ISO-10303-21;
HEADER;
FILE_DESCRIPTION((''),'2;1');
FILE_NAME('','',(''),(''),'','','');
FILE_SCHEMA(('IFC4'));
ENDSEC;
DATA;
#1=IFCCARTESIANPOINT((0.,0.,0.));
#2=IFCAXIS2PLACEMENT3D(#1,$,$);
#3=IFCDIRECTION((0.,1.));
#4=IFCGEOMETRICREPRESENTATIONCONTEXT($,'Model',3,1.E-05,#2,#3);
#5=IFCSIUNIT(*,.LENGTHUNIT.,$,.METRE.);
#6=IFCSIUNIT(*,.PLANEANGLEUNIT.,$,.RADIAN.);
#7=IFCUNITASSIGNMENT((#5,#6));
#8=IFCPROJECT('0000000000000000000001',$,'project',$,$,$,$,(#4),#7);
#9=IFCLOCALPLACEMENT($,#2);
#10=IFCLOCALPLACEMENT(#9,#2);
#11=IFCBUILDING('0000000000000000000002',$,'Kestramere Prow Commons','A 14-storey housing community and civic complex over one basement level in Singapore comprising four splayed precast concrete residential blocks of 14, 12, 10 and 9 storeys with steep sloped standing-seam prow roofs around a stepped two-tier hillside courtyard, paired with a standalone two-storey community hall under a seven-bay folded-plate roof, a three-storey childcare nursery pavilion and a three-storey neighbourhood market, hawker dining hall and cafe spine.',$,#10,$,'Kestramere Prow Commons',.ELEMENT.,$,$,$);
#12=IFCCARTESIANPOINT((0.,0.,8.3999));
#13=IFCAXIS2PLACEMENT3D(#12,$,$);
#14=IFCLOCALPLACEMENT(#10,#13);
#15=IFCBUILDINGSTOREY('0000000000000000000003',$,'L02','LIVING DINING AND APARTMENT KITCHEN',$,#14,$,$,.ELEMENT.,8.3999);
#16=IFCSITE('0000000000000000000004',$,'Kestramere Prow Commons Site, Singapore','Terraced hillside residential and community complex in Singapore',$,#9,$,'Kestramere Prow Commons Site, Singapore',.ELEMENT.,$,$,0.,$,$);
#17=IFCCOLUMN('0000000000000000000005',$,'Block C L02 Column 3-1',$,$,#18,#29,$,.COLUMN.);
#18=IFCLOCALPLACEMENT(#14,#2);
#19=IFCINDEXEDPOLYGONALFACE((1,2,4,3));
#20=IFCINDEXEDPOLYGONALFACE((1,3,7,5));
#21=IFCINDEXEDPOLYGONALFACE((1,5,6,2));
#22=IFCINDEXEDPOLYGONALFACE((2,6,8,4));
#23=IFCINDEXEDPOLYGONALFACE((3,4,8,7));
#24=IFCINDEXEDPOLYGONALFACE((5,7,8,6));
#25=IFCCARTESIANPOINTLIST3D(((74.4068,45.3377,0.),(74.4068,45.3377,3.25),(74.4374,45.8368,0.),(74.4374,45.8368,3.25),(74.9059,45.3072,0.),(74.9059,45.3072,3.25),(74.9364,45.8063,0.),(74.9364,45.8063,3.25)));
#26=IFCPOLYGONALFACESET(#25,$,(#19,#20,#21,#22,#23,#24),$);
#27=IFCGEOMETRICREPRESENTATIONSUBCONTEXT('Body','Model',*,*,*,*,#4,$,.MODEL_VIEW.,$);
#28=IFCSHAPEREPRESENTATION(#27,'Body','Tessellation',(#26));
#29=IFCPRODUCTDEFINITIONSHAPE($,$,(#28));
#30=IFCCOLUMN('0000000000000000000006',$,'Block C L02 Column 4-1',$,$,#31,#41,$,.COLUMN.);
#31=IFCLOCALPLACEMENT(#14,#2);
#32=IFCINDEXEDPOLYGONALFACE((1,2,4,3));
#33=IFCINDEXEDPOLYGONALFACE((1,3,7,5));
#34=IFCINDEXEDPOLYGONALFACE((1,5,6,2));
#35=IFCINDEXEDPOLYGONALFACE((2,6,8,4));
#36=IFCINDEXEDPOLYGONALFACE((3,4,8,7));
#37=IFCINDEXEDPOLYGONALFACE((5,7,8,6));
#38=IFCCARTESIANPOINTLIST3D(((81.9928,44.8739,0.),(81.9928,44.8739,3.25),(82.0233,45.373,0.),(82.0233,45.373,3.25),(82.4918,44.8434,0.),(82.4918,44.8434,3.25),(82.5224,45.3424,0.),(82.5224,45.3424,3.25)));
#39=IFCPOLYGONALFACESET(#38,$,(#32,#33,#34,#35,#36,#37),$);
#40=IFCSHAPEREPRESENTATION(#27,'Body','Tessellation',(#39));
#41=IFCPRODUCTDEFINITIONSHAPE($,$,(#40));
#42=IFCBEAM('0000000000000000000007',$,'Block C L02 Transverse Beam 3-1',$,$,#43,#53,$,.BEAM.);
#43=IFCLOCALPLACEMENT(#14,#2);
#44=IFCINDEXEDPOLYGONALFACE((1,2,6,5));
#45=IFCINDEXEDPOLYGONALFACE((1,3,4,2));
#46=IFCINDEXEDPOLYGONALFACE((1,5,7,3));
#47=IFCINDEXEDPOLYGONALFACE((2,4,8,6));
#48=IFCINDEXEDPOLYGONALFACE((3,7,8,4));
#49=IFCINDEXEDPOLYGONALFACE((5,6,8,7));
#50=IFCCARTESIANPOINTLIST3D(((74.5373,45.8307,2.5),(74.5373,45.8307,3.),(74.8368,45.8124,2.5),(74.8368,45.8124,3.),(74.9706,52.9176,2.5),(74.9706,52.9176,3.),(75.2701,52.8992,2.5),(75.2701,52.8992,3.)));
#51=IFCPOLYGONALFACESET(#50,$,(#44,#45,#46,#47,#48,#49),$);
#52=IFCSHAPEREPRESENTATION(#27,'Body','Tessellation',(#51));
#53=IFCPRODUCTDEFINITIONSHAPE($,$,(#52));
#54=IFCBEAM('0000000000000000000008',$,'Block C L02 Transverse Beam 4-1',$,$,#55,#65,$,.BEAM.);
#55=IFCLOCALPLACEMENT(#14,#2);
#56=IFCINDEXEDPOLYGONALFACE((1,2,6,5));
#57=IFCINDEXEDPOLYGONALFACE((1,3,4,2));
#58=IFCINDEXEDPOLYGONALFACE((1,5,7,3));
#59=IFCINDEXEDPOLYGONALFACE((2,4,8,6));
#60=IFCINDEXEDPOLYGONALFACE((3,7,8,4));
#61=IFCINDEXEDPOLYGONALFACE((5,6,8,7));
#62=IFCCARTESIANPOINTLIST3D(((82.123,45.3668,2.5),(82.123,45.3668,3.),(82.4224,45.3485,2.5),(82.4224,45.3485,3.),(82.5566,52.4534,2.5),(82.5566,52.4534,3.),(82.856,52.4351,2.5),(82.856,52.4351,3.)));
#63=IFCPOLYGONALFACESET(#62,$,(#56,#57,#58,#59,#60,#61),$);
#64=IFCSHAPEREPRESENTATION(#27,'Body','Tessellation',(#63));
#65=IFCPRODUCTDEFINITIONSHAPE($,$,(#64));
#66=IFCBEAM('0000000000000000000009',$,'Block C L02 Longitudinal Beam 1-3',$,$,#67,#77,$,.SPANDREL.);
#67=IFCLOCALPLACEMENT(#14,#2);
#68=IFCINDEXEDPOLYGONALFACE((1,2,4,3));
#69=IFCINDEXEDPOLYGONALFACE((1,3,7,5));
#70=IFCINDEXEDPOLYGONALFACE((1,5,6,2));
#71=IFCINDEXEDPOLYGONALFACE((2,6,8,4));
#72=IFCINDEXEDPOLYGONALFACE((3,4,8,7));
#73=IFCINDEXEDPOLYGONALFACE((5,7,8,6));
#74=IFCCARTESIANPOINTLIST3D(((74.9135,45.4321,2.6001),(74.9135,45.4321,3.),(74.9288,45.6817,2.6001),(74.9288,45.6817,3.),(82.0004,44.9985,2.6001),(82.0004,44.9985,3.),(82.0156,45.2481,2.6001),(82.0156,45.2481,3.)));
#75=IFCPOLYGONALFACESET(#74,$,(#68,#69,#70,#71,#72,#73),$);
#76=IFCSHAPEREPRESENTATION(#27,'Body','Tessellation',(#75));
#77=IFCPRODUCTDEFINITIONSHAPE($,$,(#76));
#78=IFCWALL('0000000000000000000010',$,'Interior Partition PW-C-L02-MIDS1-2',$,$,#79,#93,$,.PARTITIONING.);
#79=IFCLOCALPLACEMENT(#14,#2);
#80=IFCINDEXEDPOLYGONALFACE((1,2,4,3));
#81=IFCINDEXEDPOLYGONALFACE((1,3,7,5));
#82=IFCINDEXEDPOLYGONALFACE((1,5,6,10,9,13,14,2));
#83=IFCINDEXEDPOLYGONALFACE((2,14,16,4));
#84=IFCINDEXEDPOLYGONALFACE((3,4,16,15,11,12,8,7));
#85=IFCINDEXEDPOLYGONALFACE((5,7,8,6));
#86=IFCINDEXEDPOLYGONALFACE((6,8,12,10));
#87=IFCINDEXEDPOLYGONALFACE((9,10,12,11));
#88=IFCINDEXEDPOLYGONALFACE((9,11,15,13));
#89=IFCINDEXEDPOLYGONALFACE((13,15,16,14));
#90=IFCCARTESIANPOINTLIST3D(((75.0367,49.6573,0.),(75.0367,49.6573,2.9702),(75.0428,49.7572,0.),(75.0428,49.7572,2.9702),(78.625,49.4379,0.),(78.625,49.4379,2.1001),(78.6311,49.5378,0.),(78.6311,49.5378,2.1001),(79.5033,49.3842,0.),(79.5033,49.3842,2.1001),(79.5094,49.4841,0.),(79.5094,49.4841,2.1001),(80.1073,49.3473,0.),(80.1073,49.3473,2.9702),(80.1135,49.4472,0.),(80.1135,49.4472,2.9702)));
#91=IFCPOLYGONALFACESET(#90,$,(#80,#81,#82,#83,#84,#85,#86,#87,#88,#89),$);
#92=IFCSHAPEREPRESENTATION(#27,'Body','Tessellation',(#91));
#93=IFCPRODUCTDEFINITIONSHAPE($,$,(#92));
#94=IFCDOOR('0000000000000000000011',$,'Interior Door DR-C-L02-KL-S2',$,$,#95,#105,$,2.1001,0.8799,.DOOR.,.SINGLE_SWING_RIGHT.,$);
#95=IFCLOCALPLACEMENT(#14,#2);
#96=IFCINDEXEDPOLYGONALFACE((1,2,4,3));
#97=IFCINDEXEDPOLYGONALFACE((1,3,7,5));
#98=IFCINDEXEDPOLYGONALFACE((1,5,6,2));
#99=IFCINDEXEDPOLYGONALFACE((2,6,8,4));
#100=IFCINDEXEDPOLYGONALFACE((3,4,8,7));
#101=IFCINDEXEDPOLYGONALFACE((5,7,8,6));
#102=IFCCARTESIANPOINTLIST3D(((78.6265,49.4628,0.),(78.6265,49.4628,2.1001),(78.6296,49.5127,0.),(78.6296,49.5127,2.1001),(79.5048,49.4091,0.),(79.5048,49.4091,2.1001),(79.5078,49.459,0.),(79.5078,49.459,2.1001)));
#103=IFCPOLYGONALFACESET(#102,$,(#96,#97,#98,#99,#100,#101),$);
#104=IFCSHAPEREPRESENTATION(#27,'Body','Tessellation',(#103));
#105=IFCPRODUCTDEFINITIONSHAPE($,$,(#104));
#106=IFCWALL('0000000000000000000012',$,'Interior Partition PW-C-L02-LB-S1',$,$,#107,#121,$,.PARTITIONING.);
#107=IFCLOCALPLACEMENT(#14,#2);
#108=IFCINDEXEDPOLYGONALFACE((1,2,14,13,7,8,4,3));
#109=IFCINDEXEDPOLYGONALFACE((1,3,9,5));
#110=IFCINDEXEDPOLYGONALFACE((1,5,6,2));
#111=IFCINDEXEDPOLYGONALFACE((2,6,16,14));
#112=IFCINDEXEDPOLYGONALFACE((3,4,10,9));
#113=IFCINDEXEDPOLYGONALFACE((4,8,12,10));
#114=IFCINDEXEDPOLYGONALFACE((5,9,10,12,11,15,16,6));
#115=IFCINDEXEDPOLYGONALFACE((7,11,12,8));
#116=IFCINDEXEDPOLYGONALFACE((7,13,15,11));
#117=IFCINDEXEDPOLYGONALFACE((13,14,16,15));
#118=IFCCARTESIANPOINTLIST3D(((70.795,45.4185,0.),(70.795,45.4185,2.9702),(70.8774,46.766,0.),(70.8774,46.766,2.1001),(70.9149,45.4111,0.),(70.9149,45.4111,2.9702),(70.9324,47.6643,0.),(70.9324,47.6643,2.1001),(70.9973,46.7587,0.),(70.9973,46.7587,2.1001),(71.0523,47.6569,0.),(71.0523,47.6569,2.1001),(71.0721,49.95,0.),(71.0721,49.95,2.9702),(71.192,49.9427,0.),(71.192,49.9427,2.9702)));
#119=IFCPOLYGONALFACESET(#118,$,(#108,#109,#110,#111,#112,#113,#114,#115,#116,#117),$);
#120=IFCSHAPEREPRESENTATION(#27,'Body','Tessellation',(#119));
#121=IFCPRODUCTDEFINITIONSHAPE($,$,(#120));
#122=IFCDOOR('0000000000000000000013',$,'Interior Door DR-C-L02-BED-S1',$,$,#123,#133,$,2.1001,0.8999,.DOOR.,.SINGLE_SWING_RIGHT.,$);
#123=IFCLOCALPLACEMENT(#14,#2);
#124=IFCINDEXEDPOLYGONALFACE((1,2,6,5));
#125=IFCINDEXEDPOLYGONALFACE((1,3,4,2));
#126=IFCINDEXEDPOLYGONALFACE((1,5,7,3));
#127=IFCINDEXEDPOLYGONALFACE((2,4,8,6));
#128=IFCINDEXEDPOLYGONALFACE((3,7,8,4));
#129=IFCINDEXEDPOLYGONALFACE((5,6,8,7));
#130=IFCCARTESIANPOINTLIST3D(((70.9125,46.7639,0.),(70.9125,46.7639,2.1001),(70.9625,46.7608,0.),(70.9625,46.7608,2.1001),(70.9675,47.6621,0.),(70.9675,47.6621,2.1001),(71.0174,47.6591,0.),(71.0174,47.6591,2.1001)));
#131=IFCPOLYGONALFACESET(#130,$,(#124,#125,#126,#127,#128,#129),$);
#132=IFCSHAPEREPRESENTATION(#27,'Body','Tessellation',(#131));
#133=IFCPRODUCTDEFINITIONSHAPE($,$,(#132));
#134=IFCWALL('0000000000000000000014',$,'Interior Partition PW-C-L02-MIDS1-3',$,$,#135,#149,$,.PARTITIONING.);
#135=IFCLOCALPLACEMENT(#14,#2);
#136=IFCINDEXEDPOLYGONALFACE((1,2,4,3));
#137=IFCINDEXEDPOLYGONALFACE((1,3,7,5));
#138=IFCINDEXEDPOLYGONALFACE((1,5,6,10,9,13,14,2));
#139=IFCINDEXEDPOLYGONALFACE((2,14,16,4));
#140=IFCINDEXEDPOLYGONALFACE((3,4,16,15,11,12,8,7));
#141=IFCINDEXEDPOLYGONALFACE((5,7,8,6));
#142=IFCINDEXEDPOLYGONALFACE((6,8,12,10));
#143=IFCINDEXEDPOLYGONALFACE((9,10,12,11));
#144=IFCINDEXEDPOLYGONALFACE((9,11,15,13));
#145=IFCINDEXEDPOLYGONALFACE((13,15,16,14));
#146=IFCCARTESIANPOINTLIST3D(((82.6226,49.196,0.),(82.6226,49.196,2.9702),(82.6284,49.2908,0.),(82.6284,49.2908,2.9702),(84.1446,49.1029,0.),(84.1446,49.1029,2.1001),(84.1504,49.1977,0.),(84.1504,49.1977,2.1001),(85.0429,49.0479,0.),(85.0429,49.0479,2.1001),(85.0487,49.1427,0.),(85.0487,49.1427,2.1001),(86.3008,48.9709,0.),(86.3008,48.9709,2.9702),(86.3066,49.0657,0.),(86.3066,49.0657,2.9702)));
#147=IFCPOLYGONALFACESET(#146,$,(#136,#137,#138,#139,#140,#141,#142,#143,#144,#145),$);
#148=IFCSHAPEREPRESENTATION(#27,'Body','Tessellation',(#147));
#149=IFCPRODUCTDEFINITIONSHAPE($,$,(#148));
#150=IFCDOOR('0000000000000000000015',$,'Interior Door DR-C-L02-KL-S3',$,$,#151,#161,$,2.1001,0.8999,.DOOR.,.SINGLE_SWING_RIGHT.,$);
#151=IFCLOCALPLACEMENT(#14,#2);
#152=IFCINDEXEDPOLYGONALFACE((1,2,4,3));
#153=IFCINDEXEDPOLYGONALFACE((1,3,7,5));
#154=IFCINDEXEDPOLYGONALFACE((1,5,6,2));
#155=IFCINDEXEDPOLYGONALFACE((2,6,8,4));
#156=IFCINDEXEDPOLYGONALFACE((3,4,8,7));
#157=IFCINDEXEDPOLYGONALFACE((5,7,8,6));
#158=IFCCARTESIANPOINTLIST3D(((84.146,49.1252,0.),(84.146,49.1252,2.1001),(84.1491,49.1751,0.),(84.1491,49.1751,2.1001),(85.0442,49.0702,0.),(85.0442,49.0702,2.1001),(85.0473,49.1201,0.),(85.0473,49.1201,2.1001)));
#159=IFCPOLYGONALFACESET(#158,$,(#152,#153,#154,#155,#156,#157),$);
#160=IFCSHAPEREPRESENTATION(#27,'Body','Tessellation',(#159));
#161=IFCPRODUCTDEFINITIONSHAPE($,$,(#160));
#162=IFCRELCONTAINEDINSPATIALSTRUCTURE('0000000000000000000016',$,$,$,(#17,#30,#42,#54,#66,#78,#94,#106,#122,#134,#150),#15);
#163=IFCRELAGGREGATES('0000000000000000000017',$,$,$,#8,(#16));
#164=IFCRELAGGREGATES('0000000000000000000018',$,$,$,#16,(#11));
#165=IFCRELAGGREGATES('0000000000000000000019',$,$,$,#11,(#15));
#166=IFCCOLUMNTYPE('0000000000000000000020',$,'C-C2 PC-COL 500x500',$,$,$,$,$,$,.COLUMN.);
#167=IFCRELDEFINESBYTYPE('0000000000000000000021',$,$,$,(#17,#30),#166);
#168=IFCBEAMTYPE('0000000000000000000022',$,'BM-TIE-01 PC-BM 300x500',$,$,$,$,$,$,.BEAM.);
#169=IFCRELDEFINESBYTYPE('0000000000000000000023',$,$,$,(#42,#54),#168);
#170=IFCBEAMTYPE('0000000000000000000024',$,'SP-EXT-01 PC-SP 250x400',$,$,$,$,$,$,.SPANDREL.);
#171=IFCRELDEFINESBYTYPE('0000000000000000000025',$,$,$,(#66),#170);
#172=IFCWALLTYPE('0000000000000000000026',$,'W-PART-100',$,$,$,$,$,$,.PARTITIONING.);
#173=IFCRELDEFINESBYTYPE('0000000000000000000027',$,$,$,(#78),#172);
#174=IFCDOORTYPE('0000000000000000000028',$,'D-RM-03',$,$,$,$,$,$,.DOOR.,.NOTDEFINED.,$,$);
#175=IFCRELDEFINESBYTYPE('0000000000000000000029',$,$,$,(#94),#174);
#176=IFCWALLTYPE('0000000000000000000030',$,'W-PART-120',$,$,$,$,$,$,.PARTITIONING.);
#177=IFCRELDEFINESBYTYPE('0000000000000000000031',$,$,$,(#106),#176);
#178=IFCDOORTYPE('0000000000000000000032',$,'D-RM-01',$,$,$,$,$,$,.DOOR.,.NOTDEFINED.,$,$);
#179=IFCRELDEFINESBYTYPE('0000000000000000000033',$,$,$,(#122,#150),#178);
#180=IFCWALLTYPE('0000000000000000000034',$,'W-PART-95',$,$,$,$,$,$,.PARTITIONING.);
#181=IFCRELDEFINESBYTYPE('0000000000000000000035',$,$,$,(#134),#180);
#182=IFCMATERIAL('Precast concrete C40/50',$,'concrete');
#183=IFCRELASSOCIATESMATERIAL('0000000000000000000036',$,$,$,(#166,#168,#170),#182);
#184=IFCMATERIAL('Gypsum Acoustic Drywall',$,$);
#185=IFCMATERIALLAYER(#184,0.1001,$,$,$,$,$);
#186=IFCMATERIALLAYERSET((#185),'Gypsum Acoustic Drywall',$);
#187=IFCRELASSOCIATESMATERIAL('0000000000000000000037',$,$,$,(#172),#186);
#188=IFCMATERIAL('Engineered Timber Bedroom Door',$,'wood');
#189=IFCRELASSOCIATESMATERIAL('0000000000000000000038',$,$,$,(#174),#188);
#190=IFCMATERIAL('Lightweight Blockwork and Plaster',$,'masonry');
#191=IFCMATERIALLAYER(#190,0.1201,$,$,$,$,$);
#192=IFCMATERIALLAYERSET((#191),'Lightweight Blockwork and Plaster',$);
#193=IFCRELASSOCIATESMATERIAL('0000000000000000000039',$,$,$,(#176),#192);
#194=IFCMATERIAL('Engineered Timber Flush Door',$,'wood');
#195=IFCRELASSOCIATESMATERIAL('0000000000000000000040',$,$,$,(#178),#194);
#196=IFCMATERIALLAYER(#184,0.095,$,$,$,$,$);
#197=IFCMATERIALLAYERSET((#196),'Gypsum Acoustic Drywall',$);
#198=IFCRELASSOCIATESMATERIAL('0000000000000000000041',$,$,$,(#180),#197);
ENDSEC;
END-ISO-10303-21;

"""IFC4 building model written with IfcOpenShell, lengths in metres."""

from ifc_helpers import new_model, si_unit, direction, frame, frame_2d, origin, origin_2d, place, context, subcontext, project, spatial, rectangle, extrude, material, layer, layer_set, material_profile, profile_set, type_object, element, fill, save


model = new_model("IFC4")

# Units and contexts
model_context = context("Model", 3, precision=1e-05, world=origin(), true_north=direction((0.0, 1.0)))
body_context = subcontext(model_context, "Body", "Model", "MODEL_VIEW")
ifc_project = project(units=[si_unit("LENGTHUNIT", "METRE"), si_unit("PLANEANGLEUNIT", "RADIAN")], contexts=[model_context])

# Site, building, storey
site_placement = place(None, origin())
site = spatial("IfcSite", under=ifc_project, at=site_placement, Name="Kestramere Prow Commons Site, Singapore", Description="Terraced hillside residential and community complex in Singapore", LongName="Kestramere Prow Commons Site, Singapore", CompositionType="ELEMENT", RefElevation=0.0)
building_placement = place(site_placement, origin())
building = spatial("IfcBuilding", under=site, at=building_placement, Name="Kestramere Prow Commons", Description="A 14-storey housing community and civic complex over one basement level in Singapore comprising four splayed precast concrete residential blocks of 14, 12, 10 and 9 storeys with steep sloped standing-seam prow roofs around a stepped two-tier hillside courtyard, paired with a standalone two-storey community hall under a seven-bay folded-plate roof, a three-storey childcare nursery pavilion and a three-storey neighbourhood market, hawker dining hall and cafe spine.", LongName="Kestramere Prow Commons", CompositionType="ELEMENT")
storey_placement = place(building_placement, frame((0.0, 0.0, 8.3999)))
storey = spatial("IfcBuildingStorey", under=building, at=storey_placement, Name="L02", Description="LIVING DINING AND APARTMENT KITCHEN", CompositionType="ELEMENT", Elevation=8.3999)

# Columns
ifc_material_1 = material(Name="Precast concrete C40/50", Category="concrete")
ifc_material_profile_1 = material_profile(ifc_material_1, rectangle(XDim=0.5, YDim=0.5, at=origin_2d()), Name="PC-COL 500x500")
ifc_profile_set_1 = profile_set([ifc_material_profile_1], Name="Precast concrete C40/50")
column_type = type_object("IfcColumnType", Name="C-C2 PC-COL 500x500", PredefinedType="COLUMN", material=ifc_profile_set_1)
for number, where, z_axis, x_axis, name in (
    (1, (74.6716, 45.572, 0.0), (0.0, 0.0, 1.0), (0.998135, -0.061049, 0.0), "Block C L02 Column 3-1"),
    (2, (82.2576, 45.1082, 0.0), (0.0, 0.0, 1.0), (0.998135, -0.061049, 0.0), "Block C L02 Column 4-1"),
):
    element("IfcColumn", number, at=place(storey_placement, frame(where, z_axis=z_axis, x_axis=x_axis)), inside=storey, type_object=column_type, Name=name, PredefinedType="COLUMN", context=body_context, shape_type="SweptSolid", body=[
        extrude(rectangle(XDim=0.5, YDim=0.5, at=origin_2d()), origin(), (0.0, 0.0, 1.0), 3.25),
    ])

# Beams
ifc_material_profile_2 = material_profile(ifc_material_1, rectangle(XDim=0.3, YDim=0.5, at=origin_2d()), Name="PC-BM 300x500")
ifc_profile_set_2 = profile_set([ifc_material_profile_2], Name="Precast concrete C40/50")
beam_type_1 = type_object("IfcBeamType", Name="BM-TIE-01 PC-BM 300x500", PredefinedType="BEAM", material=ifc_profile_set_2)
beam_1_placement = place(storey_placement, frame((74.687, 45.8215, 2.75), z_axis=(0.061034, 0.998136, 0.0), x_axis=(-0.998136, 0.061034, 0.0)))
element("IfcBeam", 3, at=beam_1_placement, inside=storey, type_object=beam_type_1, Name="Block C L02 Transverse Beam 3-1", PredefinedType="BEAM", context=body_context, shape_type="SweptSolid", body=[
    extrude(rectangle(XDim=0.3, YDim=0.5, at=origin_2d()), origin(), (0.0, 0.0, 1.0), 7.1001),
])
beam_2_placement = place(storey_placement, frame((82.2727, 45.3577, 2.75), z_axis=(0.06107, 0.998133, 0.0), x_axis=(-0.998133, 0.06107, 0.0)))
element("IfcBeam", 4, at=beam_2_placement, inside=storey, type_object=beam_type_1, Name="Block C L02 Transverse Beam 4-1", PredefinedType="BEAM", context=body_context, shape_type="SweptSolid", body=[
    extrude(rectangle(XDim=0.3, YDim=0.5, at=origin_2d()), origin(), (0.0, 0.0, 1.0), 7.0999),
])
ifc_material_profile_3 = material_profile(ifc_material_1, rectangle(XDim=0.25, YDim=0.3999, at=origin_2d()), Name="PC-SP 250x400")
ifc_profile_set_3 = profile_set([ifc_material_profile_3], Name="Precast concrete C40/50")
beam_type_2 = type_object("IfcBeamType", Name="SP-EXT-01 PC-SP 250x400", PredefinedType="SPANDREL", material=ifc_profile_set_3)
beam_3_placement = place(storey_placement, frame((74.9211, 45.5569, 2.8), z_axis=(0.998134, -0.061068, 0.0), x_axis=(0.061068, 0.998134, 0.0)))
element("IfcBeam", 5, at=beam_3_placement, inside=storey, type_object=beam_type_2, Name="Block C L02 Longitudinal Beam 1-3", PredefinedType="SPANDREL", context=body_context, shape_type="SweptSolid", body=[
    extrude(rectangle(XDim=0.25, YDim=0.3999, at=origin_2d()), origin(), (0.0, 0.0, 1.0), 7.1001),
])

# Walls, openings, doors
ifc_material_2 = material(Name="Gypsum Acoustic Drywall")
ifc_layer_1 = layer(ifc_material_2, 0.1001)
ifc_layer_set_1 = layer_set([ifc_layer_1], Name="Gypsum Acoustic Drywall")
wall_type_1 = type_object("IfcWallType", Name="W-PART-100", PredefinedType="PARTITIONING", material=ifc_layer_set_1)
wall_1_placement = place(storey_placement, frame((75.0398, 49.7073, 0.0), z_axis=(0.0, 0.0, 1.0), x_axis=(0.998136, -0.061035, 0.0)))
wall_1 = element("IfcWall", 6, at=wall_1_placement, inside=storey, type_object=wall_type_1, Name="Interior Partition PW-C-L02-MIDS1-2", PredefinedType="PARTITIONING", context=body_context, shape_type="SweptSolid", body=[
    extrude(rectangle(XDim=5.0801, YDim=0.1001, at=frame_2d((2.54, 0.0))), origin(), (0.0, 0.0, 1.0), 2.9702),
])
opening_1_placement = place(wall_1_placement, frame((3.595, 0.0, 0.0)))
opening_1 = element("IfcOpeningElement", 7, at=opening_1_placement, cuts=wall_1, PredefinedType="OPENING", context=body_context, shape_type="SweptSolid", body=[
    extrude(rectangle(XDim=0.8799, YDim=2.1001, at=frame_2d((0.4399, 1.05))), frame((0.0, 0.0649, 0.0), z_axis=(0.0, -1.0, 0.0), x_axis=(1.0, 0.0, 0.0)), (0.0, 0.0, 1.0), 0.1301),
])
ifc_material_3 = material(Name="Engineered Timber Bedroom Door", Category="wood")
door_type_1 = type_object("IfcDoorType", Name="D-RM-03", OperationType="NOTDEFINED", PredefinedType="DOOR", material=ifc_material_3)
door_1_placement = place(opening_1_placement, origin())
door_1 = element("IfcDoor", 8, at=door_1_placement, inside=storey, type_object=door_type_1, Name="Interior Door DR-C-L02-KL-S2", OperationType="SINGLE_SWING_RIGHT", OverallHeight=2.1001, OverallWidth=0.8799, PredefinedType="DOOR", context=body_context, shape_type="SweptSolid", body=[
    extrude(rectangle(XDim=0.8799, YDim=2.1001, at=frame_2d((0.4399, 1.05))), frame((0.0, 0.0249, 0.0), z_axis=(0.0, -1.0, 0.0), x_axis=(1.0, 0.0, 0.0)), (0.0, 0.0, 1.0), 0.05),
])
fill(opening_1, door_1)
ifc_material_4 = material(Name="Lightweight Blockwork and Plaster", Category="masonry")
ifc_layer_2 = layer(ifc_material_4, 0.1201)
ifc_layer_set_2 = layer_set([ifc_layer_2], Name="Lightweight Blockwork and Plaster")
wall_type_2 = type_object("IfcWallType", Name="W-PART-120", PredefinedType="PARTITIONING", material=ifc_layer_set_2)
wall_2_placement = place(storey_placement, frame((70.855, 45.4148, 0.0), z_axis=(0.0, 0.0, 1.0), x_axis=(0.061036, 0.998136, 0.0)))
wall_2 = element("IfcWall", 9, at=wall_2_placement, inside=storey, type_object=wall_type_2, Name="Interior Partition PW-C-L02-LB-S1", PredefinedType="PARTITIONING", context=body_context, shape_type="SweptSolid", body=[
    extrude(rectangle(XDim=4.54, YDim=0.1201, at=frame_2d((2.27, 0.0))), origin(), (0.0, 0.0, 1.0), 2.9702),
])
opening_2_placement = place(wall_2_placement, frame((1.3501, 0.0, 0.0)))
opening_2 = element("IfcOpeningElement", 10, at=opening_2_placement, cuts=wall_2, PredefinedType="OPENING", context=body_context, shape_type="SweptSolid", body=[
    extrude(rectangle(XDim=0.8999, YDim=2.1001, at=frame_2d((0.45, 1.05))), frame((0.0, 0.075, 0.0), z_axis=(0.0, -1.0, 0.0), x_axis=(1.0, 0.0, 0.0)), (0.0, 0.0, 1.0), 0.1501),
])
ifc_material_5 = material(Name="Engineered Timber Flush Door", Category="wood")
door_type_2 = type_object("IfcDoorType", Name="D-RM-01", OperationType="NOTDEFINED", PredefinedType="DOOR", material=ifc_material_5)
door_2_placement = place(opening_2_placement, origin())
door_2 = element("IfcDoor", 11, at=door_2_placement, inside=storey, type_object=door_type_2, Name="Interior Door DR-C-L02-BED-S1", OperationType="SINGLE_SWING_RIGHT", OverallHeight=2.1001, OverallWidth=0.8999, PredefinedType="DOOR", context=body_context, shape_type="SweptSolid", body=[
    extrude(rectangle(XDim=0.8999, YDim=2.1001, at=frame_2d((0.45, 1.05))), frame((0.0, 0.0249, 0.0), z_axis=(0.0, -1.0, 0.0), x_axis=(1.0, 0.0, 0.0)), (0.0, 0.0, 1.0), 0.05),
])
fill(opening_2, door_2)
ifc_layer_3 = layer(ifc_material_2, 0.095)
ifc_layer_set_3 = layer_set([ifc_layer_3], Name="Gypsum Acoustic Drywall")
wall_type_3 = type_object("IfcWallType", Name="W-PART-95", PredefinedType="PARTITIONING", material=ifc_layer_set_3)
wall_3_placement = place(storey_placement, frame((82.6255, 49.2434, 0.0), z_axis=(0.0, 0.0, 1.0), x_axis=(0.998133, -0.061083, 0.0)))
wall_3 = element("IfcWall", 12, at=wall_3_placement, inside=storey, type_object=wall_type_3, Name="Interior Partition PW-C-L02-MIDS1-3", PredefinedType="PARTITIONING", context=body_context, shape_type="SweptSolid", body=[
    extrude(rectangle(XDim=3.6851, YDim=0.095, at=frame_2d((1.8425, 0.0))), origin(), (0.0, 0.0, 1.0), 2.9702),
])
opening_3_placement = place(wall_3_placement, frame((1.5249, 0.0, 0.0)))
opening_3 = element("IfcOpeningElement", 13, at=opening_3_placement, cuts=wall_3, PredefinedType="OPENING", context=body_context, shape_type="SweptSolid", body=[
    extrude(rectangle(XDim=0.8999, YDim=2.1001, at=frame_2d((0.45, 1.05))), frame((0.0, 0.0625, 0.0), z_axis=(0.0, -1.0, 0.0), x_axis=(1.0, 0.0, 0.0)), (0.0, 0.0, 1.0), 0.125),
])
door_3_placement = place(opening_3_placement, origin())
door_3 = element("IfcDoor", 14, at=door_3_placement, inside=storey, type_object=door_type_2, Name="Interior Door DR-C-L02-KL-S3", OperationType="SINGLE_SWING_RIGHT", OverallHeight=2.1001, OverallWidth=0.8999, PredefinedType="DOOR", context=body_context, shape_type="SweptSolid", body=[
    extrude(rectangle(XDim=0.8999, YDim=2.1001, at=frame_2d((0.45, 1.05))), frame((0.0, 0.0249, 0.0), z_axis=(0.0, -1.0, 0.0), x_axis=(1.0, 0.0, 0.0)), (0.0, 0.0, 1.0), 0.05),
])
fill(opening_3, door_3)

save(model, "model.ifc")
